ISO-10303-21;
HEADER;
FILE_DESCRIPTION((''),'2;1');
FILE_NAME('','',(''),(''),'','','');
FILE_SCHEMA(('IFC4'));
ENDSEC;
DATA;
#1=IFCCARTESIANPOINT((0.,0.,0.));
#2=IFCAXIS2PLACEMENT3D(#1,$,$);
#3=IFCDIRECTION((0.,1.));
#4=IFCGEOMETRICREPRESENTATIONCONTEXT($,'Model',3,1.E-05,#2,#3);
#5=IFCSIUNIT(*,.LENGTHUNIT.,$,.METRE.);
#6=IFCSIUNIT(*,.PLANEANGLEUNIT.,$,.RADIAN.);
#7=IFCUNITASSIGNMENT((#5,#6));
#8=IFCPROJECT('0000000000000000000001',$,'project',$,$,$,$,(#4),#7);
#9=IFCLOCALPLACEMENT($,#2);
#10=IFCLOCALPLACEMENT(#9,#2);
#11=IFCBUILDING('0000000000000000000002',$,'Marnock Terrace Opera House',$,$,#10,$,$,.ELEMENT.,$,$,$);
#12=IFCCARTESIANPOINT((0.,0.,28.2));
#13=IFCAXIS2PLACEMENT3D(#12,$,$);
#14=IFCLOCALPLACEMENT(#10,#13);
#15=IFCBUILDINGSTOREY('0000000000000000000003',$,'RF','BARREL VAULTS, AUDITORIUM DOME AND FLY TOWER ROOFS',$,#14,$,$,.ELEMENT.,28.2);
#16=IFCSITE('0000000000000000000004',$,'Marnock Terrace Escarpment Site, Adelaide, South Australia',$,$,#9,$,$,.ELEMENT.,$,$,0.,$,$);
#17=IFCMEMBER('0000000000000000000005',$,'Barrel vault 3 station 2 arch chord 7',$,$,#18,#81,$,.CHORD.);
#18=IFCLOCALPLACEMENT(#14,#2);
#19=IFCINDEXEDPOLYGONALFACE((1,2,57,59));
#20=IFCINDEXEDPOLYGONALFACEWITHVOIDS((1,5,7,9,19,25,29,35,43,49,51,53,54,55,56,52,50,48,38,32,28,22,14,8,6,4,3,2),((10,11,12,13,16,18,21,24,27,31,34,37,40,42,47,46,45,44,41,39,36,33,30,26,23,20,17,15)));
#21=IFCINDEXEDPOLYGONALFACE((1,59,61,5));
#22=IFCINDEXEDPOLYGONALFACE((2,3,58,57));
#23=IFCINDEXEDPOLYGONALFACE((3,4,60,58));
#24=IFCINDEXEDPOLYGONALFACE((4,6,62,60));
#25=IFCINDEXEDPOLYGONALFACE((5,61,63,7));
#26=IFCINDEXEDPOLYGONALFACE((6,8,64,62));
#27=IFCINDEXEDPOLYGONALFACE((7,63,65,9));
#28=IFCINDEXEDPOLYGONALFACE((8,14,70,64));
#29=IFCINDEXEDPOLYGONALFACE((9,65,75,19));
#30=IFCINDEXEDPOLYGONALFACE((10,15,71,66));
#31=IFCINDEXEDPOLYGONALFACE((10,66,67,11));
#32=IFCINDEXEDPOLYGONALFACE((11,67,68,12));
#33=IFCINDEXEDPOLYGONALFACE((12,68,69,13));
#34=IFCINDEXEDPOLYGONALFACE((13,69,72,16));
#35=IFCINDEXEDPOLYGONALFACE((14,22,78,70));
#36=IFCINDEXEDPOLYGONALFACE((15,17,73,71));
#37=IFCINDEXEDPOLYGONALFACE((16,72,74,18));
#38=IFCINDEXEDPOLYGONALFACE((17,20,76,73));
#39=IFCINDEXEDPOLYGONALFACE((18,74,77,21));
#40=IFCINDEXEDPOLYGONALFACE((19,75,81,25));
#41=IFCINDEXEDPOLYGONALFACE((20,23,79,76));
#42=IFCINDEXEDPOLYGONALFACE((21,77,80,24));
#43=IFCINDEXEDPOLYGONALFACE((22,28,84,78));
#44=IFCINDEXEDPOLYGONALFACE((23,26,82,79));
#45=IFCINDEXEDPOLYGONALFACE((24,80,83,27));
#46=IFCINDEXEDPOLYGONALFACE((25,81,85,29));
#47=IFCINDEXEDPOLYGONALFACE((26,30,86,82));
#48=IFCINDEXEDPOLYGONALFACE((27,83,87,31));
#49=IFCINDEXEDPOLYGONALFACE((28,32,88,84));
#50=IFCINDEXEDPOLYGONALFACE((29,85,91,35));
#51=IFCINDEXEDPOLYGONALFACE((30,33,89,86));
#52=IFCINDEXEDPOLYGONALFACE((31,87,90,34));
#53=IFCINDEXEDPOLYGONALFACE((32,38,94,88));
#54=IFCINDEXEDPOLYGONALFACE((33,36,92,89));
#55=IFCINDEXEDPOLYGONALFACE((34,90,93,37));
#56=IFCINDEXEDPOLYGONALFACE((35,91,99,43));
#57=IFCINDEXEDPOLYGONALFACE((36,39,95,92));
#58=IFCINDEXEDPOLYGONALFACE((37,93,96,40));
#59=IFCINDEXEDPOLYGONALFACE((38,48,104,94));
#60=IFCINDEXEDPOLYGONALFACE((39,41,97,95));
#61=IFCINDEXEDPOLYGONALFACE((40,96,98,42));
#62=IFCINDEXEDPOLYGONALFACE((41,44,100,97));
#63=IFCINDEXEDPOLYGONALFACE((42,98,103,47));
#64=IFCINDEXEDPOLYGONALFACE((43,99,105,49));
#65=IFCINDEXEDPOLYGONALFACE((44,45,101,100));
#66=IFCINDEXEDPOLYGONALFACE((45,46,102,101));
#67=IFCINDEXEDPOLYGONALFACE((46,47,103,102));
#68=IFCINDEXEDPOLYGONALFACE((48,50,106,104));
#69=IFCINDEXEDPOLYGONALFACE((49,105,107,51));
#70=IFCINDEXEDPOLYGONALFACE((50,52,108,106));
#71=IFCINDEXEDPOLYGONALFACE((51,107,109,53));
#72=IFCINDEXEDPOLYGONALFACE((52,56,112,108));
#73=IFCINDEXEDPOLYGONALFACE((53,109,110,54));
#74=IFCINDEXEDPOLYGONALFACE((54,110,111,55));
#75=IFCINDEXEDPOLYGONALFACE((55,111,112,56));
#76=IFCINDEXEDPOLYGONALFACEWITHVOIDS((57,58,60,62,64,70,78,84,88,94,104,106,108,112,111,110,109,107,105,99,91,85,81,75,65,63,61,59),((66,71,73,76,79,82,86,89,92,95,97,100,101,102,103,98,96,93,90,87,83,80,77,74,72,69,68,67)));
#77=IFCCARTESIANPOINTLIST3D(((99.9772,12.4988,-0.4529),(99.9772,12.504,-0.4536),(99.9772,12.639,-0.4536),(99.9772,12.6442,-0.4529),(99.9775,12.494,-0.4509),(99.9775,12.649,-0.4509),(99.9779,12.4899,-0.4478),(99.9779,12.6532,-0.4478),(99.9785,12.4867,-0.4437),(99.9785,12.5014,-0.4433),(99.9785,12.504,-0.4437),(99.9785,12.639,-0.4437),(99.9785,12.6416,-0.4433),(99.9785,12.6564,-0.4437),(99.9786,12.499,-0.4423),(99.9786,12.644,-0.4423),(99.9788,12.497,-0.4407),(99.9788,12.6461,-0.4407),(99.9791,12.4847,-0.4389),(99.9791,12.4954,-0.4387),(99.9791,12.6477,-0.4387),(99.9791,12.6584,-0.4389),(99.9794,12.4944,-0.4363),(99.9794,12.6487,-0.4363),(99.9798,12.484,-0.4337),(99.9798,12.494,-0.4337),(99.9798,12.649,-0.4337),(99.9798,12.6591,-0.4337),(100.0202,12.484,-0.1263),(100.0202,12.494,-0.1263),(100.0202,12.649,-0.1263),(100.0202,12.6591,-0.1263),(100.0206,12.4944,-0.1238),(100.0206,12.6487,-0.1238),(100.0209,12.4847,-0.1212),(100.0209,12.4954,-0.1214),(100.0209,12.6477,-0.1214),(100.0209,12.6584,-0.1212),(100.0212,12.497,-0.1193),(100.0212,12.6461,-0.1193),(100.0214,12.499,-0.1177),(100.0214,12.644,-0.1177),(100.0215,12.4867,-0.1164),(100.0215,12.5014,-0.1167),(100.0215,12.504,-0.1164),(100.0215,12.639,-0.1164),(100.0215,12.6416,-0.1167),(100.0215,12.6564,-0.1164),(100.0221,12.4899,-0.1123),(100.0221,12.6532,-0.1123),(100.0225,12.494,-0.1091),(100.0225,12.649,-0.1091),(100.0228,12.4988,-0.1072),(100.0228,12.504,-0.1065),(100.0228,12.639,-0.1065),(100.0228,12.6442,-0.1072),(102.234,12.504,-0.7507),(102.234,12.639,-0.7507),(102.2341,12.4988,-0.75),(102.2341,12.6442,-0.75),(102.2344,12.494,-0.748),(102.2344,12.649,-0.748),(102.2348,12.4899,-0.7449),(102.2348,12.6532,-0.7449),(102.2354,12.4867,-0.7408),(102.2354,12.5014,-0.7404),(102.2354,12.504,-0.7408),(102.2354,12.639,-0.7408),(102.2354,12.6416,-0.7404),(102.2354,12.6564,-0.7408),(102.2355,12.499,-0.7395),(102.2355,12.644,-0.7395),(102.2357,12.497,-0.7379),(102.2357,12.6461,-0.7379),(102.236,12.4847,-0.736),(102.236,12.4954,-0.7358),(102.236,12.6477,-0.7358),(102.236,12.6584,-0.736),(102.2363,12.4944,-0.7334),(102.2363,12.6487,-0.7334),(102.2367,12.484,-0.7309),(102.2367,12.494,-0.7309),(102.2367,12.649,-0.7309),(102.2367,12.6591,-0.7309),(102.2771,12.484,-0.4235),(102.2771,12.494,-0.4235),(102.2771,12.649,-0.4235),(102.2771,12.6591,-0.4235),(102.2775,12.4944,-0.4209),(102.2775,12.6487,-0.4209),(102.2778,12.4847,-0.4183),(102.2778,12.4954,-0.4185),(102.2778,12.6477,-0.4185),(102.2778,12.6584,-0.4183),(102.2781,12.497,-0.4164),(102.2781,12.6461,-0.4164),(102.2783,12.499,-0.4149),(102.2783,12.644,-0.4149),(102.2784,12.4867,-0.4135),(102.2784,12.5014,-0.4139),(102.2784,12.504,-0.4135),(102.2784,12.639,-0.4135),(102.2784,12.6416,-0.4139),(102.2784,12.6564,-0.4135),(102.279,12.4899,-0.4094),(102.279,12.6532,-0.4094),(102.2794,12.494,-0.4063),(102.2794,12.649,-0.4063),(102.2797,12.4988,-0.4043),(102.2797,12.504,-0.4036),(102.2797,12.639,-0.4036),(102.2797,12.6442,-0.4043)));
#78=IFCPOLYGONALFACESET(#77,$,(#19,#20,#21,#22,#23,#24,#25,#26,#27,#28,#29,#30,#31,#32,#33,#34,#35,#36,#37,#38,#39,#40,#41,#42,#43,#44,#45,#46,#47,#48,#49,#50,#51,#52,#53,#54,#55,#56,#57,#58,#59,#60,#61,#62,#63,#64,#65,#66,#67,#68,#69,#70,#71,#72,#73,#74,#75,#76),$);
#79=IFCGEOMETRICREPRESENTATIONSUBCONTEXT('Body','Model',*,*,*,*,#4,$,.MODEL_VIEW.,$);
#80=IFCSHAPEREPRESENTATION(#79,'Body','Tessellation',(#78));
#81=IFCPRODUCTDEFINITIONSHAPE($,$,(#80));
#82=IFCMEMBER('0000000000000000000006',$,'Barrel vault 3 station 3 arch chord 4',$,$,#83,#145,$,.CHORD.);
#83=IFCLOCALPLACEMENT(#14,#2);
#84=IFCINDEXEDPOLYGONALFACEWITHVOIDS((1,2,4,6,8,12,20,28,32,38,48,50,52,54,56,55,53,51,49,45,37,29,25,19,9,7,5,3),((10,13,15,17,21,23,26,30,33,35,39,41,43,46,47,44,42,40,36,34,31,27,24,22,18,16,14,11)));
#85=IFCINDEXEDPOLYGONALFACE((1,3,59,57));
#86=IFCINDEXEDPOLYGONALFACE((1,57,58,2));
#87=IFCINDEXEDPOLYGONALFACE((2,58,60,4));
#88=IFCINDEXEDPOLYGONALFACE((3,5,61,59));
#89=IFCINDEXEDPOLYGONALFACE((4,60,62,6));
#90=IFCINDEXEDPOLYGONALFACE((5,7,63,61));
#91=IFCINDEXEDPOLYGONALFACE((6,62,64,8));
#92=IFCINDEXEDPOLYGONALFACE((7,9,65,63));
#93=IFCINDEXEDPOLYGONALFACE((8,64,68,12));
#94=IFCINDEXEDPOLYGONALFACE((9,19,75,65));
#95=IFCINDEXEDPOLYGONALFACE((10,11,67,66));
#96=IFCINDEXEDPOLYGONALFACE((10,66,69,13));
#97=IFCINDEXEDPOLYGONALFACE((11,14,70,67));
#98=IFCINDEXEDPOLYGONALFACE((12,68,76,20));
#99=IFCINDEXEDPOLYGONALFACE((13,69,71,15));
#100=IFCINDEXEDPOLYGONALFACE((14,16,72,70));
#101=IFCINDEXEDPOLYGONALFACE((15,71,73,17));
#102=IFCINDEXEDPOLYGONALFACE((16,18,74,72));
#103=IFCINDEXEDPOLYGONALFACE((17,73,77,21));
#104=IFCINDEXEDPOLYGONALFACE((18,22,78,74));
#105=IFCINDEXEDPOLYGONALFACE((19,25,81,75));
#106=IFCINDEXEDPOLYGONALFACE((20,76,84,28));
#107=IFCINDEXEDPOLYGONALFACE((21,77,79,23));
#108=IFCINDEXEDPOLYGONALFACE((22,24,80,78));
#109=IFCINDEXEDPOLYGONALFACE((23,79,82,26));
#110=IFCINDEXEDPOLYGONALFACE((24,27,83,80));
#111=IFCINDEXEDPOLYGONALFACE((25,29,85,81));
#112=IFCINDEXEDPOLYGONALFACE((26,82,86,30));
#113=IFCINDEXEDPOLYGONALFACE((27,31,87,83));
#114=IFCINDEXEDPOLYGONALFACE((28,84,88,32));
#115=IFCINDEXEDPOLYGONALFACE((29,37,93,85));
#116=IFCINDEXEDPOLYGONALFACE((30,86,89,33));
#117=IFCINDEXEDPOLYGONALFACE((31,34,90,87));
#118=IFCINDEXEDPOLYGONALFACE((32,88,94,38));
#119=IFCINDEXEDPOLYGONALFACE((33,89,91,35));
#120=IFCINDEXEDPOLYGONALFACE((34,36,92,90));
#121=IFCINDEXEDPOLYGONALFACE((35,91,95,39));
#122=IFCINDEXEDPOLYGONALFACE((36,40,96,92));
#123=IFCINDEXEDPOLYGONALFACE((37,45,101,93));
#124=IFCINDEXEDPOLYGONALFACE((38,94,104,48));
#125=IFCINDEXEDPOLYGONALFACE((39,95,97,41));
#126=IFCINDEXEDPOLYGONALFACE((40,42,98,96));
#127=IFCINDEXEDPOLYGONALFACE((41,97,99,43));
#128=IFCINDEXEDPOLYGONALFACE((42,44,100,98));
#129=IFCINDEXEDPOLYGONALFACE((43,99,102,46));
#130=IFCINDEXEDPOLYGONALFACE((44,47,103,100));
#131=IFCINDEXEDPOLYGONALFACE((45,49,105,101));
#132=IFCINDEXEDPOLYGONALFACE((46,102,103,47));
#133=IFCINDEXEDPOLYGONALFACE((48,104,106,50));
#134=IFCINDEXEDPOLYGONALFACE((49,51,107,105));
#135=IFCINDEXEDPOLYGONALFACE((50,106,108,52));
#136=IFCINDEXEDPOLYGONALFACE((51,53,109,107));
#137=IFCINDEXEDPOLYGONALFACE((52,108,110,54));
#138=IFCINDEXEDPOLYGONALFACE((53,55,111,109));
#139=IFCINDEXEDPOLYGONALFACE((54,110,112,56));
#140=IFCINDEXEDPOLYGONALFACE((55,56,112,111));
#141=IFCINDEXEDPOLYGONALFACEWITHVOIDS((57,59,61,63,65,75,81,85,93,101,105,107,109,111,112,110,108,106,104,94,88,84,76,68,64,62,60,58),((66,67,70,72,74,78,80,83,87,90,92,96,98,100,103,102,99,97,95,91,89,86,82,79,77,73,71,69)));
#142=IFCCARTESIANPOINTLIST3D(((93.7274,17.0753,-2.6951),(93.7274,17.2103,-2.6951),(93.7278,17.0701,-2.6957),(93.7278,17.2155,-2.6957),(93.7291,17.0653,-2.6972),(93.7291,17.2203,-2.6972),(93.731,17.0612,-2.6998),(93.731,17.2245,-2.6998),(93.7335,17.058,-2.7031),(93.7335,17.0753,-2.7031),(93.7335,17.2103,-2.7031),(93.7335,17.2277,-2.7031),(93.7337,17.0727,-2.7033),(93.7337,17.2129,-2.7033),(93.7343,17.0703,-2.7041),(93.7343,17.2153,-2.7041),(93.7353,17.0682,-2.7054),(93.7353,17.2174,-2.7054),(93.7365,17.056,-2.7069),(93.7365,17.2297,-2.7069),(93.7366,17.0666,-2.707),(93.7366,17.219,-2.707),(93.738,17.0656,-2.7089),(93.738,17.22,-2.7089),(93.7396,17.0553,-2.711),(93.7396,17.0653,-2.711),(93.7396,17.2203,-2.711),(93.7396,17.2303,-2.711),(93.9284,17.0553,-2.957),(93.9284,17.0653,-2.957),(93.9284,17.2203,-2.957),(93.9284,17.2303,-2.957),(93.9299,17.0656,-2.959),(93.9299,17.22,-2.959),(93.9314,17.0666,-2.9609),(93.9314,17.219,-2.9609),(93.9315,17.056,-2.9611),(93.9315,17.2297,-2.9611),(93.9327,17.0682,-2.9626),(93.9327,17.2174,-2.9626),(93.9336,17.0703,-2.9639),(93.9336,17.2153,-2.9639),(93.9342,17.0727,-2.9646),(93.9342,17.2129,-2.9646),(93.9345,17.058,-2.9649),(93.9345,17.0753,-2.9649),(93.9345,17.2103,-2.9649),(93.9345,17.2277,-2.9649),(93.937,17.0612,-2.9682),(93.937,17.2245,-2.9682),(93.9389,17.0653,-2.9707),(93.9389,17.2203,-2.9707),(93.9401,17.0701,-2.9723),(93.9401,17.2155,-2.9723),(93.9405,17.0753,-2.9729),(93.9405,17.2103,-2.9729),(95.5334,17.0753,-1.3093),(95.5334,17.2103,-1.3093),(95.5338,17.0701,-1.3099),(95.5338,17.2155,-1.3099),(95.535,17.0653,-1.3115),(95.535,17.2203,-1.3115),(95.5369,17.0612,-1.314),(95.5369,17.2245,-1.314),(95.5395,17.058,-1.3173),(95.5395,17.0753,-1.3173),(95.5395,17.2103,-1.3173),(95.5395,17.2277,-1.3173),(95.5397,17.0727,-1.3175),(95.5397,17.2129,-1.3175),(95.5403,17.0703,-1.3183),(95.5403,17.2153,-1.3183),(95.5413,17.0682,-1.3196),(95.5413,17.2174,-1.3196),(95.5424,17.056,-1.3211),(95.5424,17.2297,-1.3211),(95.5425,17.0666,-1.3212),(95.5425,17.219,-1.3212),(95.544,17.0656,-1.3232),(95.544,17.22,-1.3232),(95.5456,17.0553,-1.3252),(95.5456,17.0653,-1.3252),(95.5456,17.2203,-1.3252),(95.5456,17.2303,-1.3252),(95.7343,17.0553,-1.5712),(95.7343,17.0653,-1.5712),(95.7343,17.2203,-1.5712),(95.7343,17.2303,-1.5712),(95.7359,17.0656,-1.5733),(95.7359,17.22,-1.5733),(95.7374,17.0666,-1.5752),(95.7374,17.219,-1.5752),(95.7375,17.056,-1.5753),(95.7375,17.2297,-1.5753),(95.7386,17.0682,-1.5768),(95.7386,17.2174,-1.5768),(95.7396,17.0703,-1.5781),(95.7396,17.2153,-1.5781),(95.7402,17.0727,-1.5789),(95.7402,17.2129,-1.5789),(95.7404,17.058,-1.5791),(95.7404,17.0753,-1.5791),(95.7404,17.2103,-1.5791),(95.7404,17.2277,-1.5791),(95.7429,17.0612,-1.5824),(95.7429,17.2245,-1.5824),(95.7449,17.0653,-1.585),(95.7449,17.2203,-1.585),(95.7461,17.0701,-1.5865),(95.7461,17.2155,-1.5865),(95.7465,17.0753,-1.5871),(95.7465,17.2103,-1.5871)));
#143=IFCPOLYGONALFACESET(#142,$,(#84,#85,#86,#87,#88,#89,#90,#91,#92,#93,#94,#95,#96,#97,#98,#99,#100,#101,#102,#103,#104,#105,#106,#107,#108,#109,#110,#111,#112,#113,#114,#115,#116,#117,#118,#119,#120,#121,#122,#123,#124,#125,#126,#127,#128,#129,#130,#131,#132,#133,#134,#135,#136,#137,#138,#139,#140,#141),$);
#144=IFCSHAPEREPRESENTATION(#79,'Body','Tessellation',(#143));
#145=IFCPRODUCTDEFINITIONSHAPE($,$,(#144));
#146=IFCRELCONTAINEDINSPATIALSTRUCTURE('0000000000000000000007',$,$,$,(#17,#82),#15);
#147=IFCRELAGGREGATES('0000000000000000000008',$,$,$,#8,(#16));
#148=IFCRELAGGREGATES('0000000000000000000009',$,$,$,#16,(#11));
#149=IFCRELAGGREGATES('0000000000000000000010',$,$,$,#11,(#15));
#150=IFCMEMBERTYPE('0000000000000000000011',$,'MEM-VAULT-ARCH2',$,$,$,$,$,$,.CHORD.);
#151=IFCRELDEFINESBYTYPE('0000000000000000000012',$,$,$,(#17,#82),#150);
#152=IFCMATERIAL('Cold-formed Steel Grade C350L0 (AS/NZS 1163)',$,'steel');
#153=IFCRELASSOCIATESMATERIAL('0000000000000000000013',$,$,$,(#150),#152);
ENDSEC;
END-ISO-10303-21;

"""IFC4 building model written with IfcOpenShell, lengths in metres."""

from ifc_helpers import new_model, si_unit, direction, frame, origin, origin_2d, place, context, subcontext, project, spatial, hollow_rectangle, extrude, material, material_profile, profile_set, type_object, element, save


model = new_model("IFC4")

# Units and contexts
model_context = context("Model", 3, precision=1e-05, world=origin(), true_north=direction((0.0, 1.0)))
body_context = subcontext(model_context, "Body", "Model", "MODEL_VIEW")
ifc_project = project(units=[si_unit("LENGTHUNIT", "METRE"), si_unit("PLANEANGLEUNIT", "RADIAN")], contexts=[model_context])

# Site, building, storey
site_placement = place(None, origin())
site = spatial("IfcSite", under=ifc_project, at=site_placement, Name="Marnock Terrace Escarpment Site, Adelaide, South Australia", CompositionType="ELEMENT", RefElevation=0.0)
building_placement = place(site_placement, origin())
building = spatial("IfcBuilding", under=site, at=building_placement, Name="Marnock Terrace Opera House", CompositionType="ELEMENT")
storey_placement = place(building_placement, frame((0.0, 0.0, 28.2)))
storey = spatial("IfcBuildingStorey", under=building, at=storey_placement, Name="RF", Description="BARREL VAULTS, AUDITORIUM DOME AND FLY TOWER ROOFS", CompositionType="ELEMENT", Elevation=28.2)

# Members
ifc_material_1 = material(Name="Cold-formed Steel Grade C350L0 (AS/NZS 1163)", Category="steel")
ifc_material_profile_1 = material_profile(ifc_material_1, hollow_rectangle(XDim=0.175, YDim=0.3501, WallThickness=0.01, InnerFilletRadius=0.01, OuterFilletRadius=0.02, at=origin_2d()))
ifc_profile_set_1 = profile_set([ifc_material_profile_1], Name="Cold-formed Steel Grade C350L0 (AS/NZS 1163)")
member_type_1 = type_object("IfcMemberType", Name="MEM-VAULT-ARCH2", PredefinedType="CHORD", material=ifc_profile_set_1)
for number, where, z_axis, x_axis, name in (
    (1, (100.0, 12.5715, -0.28), (0.991445, 0.0, -0.130527), (0.0, 1.0, 0.0), "Barrel vault 3 station 2 arch chord 7"),
    (2, (93.834, 17.1428, -2.834), (0.793349, 0.0, 0.608767), (0.0, 1.0, 0.0), "Barrel vault 3 station 3 arch chord 4"),
):
    element("IfcMember", number, at=place(storey_placement, frame(where, z_axis=z_axis, x_axis=x_axis)), inside=storey, type_object=member_type_1, Name=name, PredefinedType="CHORD", context=body_context, shape_type="SweptSolid", body=[
        extrude(hollow_rectangle(XDim=0.175, YDim=0.3501, WallThickness=0.01, InnerFilletRadius=0.01, OuterFilletRadius=0.02, at=origin_2d()), origin(), (0.0, 0.0, 1.0), 2.2764),
    ])

save(model, "model.ifc")
